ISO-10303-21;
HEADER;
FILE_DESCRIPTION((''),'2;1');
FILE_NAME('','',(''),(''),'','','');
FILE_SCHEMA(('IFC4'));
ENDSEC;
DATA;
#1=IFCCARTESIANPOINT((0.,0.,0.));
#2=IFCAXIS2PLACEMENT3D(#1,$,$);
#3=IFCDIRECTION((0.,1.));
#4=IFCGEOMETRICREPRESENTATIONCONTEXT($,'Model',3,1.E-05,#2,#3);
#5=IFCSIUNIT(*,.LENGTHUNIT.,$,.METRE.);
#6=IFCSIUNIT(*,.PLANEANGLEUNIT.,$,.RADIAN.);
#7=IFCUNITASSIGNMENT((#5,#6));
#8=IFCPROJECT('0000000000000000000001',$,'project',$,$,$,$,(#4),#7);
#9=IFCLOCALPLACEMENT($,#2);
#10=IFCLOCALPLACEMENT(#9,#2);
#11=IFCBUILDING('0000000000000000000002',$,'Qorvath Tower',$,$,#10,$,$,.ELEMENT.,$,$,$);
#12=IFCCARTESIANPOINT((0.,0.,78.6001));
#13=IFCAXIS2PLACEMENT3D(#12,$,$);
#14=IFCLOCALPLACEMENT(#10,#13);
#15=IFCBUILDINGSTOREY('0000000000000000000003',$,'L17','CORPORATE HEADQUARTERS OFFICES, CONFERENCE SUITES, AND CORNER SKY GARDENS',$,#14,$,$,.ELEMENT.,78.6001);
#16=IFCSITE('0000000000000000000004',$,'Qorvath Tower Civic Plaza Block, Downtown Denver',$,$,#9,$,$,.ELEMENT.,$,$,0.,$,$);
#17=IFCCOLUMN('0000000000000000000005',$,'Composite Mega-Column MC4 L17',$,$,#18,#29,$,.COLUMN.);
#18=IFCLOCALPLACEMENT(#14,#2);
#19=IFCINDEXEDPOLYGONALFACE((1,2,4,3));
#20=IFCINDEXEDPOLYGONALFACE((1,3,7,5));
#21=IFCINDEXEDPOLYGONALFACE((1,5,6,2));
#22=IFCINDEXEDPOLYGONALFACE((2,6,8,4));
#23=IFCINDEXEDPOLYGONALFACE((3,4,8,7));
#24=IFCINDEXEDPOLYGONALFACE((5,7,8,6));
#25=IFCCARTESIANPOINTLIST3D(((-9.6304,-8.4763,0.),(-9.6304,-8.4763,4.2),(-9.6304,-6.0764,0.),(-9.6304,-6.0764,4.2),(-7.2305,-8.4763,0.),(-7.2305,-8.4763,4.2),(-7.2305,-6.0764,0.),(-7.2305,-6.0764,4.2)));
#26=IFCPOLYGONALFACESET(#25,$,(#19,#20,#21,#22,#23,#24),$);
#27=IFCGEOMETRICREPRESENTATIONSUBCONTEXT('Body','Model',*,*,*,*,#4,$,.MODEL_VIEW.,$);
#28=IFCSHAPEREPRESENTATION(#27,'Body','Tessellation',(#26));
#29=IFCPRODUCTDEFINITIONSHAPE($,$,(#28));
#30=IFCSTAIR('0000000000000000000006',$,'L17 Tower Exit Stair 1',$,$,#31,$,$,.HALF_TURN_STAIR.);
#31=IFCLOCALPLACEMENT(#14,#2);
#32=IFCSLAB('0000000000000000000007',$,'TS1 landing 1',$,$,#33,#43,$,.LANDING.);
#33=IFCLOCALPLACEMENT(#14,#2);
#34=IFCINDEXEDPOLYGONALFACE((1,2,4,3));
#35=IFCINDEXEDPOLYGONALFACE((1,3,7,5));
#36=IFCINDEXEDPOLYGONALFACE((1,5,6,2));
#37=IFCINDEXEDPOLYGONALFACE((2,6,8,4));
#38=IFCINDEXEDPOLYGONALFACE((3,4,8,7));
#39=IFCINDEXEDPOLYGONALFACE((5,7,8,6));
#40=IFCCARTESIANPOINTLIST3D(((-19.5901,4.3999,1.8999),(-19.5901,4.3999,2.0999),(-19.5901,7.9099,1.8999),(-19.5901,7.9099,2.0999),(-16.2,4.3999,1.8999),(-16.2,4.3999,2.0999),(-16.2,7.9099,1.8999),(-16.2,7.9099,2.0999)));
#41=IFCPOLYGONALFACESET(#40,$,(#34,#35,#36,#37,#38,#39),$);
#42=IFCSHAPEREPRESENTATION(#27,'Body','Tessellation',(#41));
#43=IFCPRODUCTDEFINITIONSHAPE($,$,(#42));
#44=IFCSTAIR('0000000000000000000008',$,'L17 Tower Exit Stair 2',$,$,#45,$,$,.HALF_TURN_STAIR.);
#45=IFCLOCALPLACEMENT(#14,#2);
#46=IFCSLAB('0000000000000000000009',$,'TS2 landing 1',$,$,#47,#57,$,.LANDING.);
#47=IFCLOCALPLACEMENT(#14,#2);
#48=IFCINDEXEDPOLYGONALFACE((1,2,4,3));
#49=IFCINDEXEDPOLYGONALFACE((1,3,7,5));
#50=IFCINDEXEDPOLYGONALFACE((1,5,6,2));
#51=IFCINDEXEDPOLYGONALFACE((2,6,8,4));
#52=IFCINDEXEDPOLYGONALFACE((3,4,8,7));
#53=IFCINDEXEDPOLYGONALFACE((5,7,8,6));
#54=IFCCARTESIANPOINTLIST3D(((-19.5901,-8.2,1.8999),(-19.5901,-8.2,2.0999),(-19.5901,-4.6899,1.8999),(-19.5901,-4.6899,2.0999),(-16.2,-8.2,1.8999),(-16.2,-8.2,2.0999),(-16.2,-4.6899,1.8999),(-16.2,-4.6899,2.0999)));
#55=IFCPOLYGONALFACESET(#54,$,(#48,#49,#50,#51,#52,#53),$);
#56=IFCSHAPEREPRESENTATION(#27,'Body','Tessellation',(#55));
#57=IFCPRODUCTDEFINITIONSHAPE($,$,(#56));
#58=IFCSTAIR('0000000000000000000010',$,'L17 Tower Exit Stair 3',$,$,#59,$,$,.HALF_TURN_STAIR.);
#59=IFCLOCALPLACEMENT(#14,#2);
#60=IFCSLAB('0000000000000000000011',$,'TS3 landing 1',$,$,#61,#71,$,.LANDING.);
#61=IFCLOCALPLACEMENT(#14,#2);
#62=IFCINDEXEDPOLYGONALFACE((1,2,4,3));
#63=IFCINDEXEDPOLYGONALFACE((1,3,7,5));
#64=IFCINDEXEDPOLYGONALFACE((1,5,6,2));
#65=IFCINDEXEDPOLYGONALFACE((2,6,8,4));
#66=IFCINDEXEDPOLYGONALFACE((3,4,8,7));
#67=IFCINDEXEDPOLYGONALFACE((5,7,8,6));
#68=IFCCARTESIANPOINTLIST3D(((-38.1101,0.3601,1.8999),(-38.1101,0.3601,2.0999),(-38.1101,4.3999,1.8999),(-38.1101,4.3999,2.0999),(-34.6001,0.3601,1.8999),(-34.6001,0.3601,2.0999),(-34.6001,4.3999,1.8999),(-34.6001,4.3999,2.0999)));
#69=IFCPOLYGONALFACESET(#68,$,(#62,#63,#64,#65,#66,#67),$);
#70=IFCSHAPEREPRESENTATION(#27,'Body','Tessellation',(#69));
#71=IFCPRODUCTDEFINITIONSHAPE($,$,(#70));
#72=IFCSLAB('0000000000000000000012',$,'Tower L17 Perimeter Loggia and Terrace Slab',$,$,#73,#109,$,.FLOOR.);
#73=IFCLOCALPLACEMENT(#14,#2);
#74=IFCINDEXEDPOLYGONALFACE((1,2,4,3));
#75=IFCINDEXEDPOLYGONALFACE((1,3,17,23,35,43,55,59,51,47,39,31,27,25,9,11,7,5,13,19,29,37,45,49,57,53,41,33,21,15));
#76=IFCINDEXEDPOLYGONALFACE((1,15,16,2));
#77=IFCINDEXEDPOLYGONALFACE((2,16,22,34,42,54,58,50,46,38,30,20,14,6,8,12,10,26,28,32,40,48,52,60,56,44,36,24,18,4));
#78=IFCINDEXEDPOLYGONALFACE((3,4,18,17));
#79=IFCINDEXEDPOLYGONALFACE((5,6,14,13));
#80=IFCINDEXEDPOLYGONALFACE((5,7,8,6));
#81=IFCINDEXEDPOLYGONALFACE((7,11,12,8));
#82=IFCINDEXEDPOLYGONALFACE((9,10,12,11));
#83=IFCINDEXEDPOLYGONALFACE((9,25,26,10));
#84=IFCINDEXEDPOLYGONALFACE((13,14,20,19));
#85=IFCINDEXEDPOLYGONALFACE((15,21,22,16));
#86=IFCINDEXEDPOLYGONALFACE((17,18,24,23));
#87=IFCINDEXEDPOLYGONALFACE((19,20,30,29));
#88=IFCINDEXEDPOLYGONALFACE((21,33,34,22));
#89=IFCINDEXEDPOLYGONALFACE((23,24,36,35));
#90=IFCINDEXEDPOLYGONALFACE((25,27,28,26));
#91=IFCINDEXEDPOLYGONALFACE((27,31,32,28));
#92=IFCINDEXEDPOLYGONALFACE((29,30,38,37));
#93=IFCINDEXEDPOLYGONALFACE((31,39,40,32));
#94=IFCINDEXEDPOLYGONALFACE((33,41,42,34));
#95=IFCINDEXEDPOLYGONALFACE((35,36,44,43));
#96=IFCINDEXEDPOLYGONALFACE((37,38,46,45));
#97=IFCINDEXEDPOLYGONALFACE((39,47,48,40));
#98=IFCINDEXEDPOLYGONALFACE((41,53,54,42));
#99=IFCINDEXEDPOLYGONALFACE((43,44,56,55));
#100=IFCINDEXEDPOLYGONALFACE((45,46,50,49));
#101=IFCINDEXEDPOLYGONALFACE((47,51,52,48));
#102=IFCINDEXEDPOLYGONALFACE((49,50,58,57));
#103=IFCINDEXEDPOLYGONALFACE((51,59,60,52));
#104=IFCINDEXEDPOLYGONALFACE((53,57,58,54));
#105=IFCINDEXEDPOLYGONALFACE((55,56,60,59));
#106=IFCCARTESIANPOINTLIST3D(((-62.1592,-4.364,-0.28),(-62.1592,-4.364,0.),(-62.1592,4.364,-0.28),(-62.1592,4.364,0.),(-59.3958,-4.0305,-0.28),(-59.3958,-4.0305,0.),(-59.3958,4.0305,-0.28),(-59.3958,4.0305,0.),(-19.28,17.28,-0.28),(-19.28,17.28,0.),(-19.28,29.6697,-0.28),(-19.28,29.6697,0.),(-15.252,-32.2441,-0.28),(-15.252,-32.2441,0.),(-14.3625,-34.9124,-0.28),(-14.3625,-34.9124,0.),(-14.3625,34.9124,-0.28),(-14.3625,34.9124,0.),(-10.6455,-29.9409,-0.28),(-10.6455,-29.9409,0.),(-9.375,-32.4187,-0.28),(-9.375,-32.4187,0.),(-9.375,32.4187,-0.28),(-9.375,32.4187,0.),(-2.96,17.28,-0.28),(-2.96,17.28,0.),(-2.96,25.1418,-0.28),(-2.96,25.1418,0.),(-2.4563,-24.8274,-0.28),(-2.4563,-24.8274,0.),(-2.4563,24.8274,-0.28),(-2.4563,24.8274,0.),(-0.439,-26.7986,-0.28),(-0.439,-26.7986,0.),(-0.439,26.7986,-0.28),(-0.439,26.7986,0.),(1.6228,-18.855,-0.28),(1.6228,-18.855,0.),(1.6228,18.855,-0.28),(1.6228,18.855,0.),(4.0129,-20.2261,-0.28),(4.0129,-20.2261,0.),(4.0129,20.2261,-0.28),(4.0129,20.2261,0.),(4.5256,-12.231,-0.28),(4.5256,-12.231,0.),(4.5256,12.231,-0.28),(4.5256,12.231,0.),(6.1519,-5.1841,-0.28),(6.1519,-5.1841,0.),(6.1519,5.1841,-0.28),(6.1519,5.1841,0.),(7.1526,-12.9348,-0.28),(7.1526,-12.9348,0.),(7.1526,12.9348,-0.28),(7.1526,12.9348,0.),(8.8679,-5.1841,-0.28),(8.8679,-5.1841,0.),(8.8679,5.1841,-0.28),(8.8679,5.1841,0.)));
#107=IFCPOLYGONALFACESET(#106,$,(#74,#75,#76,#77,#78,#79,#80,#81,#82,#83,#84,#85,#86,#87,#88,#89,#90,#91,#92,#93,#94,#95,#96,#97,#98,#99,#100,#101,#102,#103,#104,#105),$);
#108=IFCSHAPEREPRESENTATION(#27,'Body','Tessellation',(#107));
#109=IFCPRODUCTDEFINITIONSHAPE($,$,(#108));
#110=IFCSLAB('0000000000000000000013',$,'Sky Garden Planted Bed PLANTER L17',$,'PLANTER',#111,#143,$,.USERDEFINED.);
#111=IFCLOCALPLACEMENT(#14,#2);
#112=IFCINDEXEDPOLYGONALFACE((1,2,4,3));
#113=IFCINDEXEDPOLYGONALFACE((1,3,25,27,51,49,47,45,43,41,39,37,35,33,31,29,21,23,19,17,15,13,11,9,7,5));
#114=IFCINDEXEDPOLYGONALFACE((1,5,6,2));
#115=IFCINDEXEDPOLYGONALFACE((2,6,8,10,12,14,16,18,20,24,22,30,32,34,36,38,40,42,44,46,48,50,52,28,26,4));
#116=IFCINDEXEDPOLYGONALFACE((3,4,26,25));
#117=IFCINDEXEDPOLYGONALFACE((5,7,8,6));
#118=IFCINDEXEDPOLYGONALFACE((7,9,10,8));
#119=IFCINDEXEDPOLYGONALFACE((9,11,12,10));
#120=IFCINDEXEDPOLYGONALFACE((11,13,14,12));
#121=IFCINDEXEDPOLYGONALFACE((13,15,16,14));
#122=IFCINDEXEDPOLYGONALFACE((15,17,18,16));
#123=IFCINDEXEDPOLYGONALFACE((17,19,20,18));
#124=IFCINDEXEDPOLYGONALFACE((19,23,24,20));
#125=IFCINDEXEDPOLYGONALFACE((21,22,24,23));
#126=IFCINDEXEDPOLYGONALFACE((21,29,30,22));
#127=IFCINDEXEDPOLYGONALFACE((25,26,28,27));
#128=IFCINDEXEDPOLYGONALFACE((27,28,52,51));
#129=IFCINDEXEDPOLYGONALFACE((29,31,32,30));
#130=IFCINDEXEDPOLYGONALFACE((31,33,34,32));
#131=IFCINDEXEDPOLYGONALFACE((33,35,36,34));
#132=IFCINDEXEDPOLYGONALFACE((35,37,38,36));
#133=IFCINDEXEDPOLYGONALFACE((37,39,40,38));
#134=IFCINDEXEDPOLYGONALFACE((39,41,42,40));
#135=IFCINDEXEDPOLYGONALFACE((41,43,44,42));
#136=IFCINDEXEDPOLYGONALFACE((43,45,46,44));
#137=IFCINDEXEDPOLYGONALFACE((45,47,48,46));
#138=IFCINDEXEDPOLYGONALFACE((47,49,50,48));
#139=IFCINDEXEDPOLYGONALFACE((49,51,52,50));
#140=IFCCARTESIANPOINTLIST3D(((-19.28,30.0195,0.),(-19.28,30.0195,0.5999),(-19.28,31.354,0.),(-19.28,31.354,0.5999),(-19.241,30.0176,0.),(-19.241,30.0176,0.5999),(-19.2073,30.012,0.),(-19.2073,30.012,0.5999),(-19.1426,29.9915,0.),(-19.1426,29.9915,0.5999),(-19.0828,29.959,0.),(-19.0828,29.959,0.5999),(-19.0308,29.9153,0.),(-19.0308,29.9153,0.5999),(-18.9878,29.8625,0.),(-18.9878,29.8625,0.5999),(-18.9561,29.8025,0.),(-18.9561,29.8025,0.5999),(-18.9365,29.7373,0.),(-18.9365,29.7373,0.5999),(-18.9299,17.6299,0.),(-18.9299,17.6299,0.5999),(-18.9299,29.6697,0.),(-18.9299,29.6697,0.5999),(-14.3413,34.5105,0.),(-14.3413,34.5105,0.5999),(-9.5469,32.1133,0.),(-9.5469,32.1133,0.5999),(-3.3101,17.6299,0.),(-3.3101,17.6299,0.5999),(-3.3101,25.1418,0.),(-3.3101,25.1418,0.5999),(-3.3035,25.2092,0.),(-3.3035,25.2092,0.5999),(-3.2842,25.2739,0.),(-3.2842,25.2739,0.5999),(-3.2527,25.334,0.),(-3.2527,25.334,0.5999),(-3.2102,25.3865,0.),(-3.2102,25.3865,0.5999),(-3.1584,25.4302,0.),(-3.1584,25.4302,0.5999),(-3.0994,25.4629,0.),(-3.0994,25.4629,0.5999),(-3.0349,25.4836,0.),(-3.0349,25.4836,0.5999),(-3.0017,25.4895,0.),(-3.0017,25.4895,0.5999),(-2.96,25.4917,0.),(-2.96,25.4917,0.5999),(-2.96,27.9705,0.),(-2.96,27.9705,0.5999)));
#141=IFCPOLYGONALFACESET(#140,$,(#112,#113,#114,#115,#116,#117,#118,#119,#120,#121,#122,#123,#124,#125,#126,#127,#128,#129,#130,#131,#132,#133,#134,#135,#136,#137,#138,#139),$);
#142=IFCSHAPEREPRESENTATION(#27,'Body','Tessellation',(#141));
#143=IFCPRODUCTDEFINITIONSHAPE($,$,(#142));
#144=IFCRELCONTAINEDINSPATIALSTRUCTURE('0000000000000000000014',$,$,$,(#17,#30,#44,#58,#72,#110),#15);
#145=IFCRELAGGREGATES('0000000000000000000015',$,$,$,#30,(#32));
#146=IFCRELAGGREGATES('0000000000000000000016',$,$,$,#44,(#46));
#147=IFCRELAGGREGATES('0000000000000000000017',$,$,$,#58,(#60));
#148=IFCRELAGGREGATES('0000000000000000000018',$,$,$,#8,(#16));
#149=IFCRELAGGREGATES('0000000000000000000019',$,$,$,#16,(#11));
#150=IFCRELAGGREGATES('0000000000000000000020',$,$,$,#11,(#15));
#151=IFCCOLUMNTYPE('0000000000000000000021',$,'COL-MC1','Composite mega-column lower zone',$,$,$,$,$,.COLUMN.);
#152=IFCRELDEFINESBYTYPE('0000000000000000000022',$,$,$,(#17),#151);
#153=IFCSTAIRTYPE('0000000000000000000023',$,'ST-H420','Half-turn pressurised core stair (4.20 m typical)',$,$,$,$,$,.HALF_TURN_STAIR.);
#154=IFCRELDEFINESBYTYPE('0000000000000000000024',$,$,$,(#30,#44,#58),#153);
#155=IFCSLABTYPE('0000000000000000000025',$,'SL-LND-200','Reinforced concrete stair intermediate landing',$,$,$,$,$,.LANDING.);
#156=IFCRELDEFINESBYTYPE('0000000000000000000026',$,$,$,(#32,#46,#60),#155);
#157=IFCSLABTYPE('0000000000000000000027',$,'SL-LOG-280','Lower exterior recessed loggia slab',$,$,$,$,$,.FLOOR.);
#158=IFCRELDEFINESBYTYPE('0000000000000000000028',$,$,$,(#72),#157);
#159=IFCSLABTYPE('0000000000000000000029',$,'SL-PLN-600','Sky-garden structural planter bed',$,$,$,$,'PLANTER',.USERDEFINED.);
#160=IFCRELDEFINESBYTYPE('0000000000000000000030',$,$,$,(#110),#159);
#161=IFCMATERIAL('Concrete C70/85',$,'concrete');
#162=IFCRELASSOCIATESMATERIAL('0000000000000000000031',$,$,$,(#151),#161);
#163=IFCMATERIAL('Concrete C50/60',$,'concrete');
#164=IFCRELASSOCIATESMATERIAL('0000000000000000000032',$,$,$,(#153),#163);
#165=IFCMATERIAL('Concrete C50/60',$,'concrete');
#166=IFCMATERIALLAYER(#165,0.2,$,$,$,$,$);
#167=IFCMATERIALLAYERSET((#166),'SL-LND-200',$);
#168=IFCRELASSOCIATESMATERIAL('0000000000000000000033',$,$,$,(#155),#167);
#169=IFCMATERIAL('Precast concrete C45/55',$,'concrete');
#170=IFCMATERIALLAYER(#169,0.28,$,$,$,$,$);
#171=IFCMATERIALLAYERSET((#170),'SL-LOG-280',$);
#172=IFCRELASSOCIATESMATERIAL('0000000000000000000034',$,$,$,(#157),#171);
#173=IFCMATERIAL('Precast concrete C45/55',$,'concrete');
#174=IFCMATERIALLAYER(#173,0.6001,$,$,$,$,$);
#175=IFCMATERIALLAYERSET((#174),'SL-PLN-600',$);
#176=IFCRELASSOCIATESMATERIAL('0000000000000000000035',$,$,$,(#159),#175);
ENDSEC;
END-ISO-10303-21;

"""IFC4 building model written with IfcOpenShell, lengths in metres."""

from ifc_helpers import new_model, si_unit, direction, frame, origin, origin_2d, place, context, subcontext, project, spatial, polyline, rectangle, outline, extrude, material, layer, layer_set, material_profile, profile_set, type_object, element, aggregate, save


model = new_model("IFC4")

# Units and contexts
model_context = context("Model", 3, precision=1e-05, world=origin(), true_north=direction((0.0, 1.0)))
body_context = subcontext(model_context, "Body", "Model", "MODEL_VIEW")
ifc_project = project(units=[si_unit("LENGTHUNIT", "METRE"), si_unit("PLANEANGLEUNIT", "RADIAN")], contexts=[model_context])

# Site, building, storey
site_placement = place(None, origin())
site = spatial("IfcSite", under=ifc_project, at=site_placement, Name="Qorvath Tower Civic Plaza Block, Downtown Denver", CompositionType="ELEMENT", RefElevation=0.0)
building_placement = place(site_placement, origin())
building = spatial("IfcBuilding", under=site, at=building_placement, Name="Qorvath Tower", CompositionType="ELEMENT")
storey_placement = place(building_placement, frame((0.0, 0.0, 78.6001)))
storey = spatial("IfcBuildingStorey", under=building, at=storey_placement, Name="L17", Description="CORPORATE HEADQUARTERS OFFICES, CONFERENCE SUITES, AND CORNER SKY GARDENS", CompositionType="ELEMENT", Elevation=78.6001)

# Column
ifc_material_1 = material(Name="Concrete C70/85", Category="concrete")
ifc_material_profile = material_profile(ifc_material_1, rectangle(XDim=2.3999, YDim=2.3999, at=origin_2d()), Name="MC 2400x2400")
ifc_profile_set = profile_set([ifc_material_profile], Name="Concrete C70/85")
column_type = type_object("IfcColumnType", Name="COL-MC1", Description="Composite mega-column lower zone", PredefinedType="COLUMN", material=ifc_profile_set)
column_placement = place(storey_placement, frame((-8.4304, -7.2764, 0.0), z_axis=(0.0, 0.0, 1.0), x_axis=(1.0, 0.0, 0.0)))
element("IfcColumn", 1, at=column_placement, inside=storey, type_object=column_type, Name="Composite Mega-Column MC4 L17", PredefinedType="COLUMN", context=body_context, shape_type="SweptSolid", body=[
    extrude(rectangle(XDim=2.3999, YDim=2.3999, at=origin_2d()), origin(), (0.0, 0.0, 1.0), 4.2),
])

# Stairs, slabs
ifc_material_2 = material(Name="Concrete C50/60", Category="concrete")
stair_type = type_object("IfcStairType", Name="ST-H420", Description="Half-turn pressurised core stair (4.20 m typical)", PredefinedType="HALF_TURN_STAIR", material=ifc_material_2)
stair_1_placement = place(storey_placement, origin())
stair_1 = element("IfcStair", 2, at=stair_1_placement, inside=storey, type_object=stair_type, Name="L17 Tower Exit Stair 1", PredefinedType="HALF_TURN_STAIR")
ifc_material_3 = material(Name="Concrete C50/60", Category="concrete")
ifc_layer_1 = layer(ifc_material_3, 0.2)
ifc_layer_set_1 = layer_set([ifc_layer_1], Name="SL-LND-200")
slab_type_1 = type_object("IfcSlabType", Name="SL-LND-200", Description="Reinforced concrete stair intermediate landing", PredefinedType="LANDING", material=ifc_layer_set_1)
slab_1_placement = place(storey_placement, frame((0.0, 0.0, 1.8999)))
slab_1 = element("IfcSlab", 3, at=slab_1_placement, type_object=slab_type_1, Name="TS1 landing 1", PredefinedType="LANDING", context=body_context, shape_type="SweptSolid", body=[
    extrude(outline(polyline([(-19.5901, 4.3999), (-16.2, 4.3999), (-16.2, 7.9099), (-19.5901, 7.9099), (-19.5901, 4.3999)])), origin(), (0.0, 0.0, 1.0), 0.2),
])
aggregate(stair_1, [slab_1])
stair_2_placement = place(storey_placement, origin())
stair_2 = element("IfcStair", 4, at=stair_2_placement, inside=storey, type_object=stair_type, Name="L17 Tower Exit Stair 2", PredefinedType="HALF_TURN_STAIR")
slab_2_placement = place(storey_placement, frame((0.0, 0.0, 1.8999)))
slab_2 = element("IfcSlab", 5, at=slab_2_placement, type_object=slab_type_1, Name="TS2 landing 1", PredefinedType="LANDING", context=body_context, shape_type="SweptSolid", body=[
    extrude(outline(polyline([(-19.5901, -8.2), (-16.2, -8.2), (-16.2, -4.6899), (-19.5901, -4.6899), (-19.5901, -8.2)])), origin(), (0.0, 0.0, 1.0), 0.2),
])
aggregate(stair_2, [slab_2])
stair_3_placement = place(storey_placement, origin())
stair_3 = element("IfcStair", 6, at=stair_3_placement, inside=storey, type_object=stair_type, Name="L17 Tower Exit Stair 3", PredefinedType="HALF_TURN_STAIR")
slab_3_placement = place(storey_placement, frame((0.0, 0.0, 1.8999)))
slab_3 = element("IfcSlab", 7, at=slab_3_placement, type_object=slab_type_1, Name="TS3 landing 1", PredefinedType="LANDING", context=body_context, shape_type="SweptSolid", body=[
    extrude(outline(polyline([(-34.6001, 0.3601), (-34.6001, 4.3999), (-38.1101, 4.3999), (-38.1101, 0.3601), (-34.6001, 0.3601)])), origin(), (0.0, 0.0, 1.0), 0.2),
])
aggregate(stair_3, [slab_3])

# Slabs
ifc_material_4 = material(Name="Precast concrete C45/55", Category="concrete")
ifc_layer_2 = layer(ifc_material_4, 0.28)
ifc_layer_set_2 = layer_set([ifc_layer_2], Name="SL-LOG-280")
slab_type_2 = type_object("IfcSlabType", Name="SL-LOG-280", Description="Lower exterior recessed loggia slab", PredefinedType="FLOOR", material=ifc_layer_set_2)
slab_4_placement = place(storey_placement, frame((0.0, 0.0, -0.28)))
element("IfcSlab", 8, at=slab_4_placement, inside=storey, type_object=slab_type_2, Name="Tower L17 Perimeter Loggia and Terrace Slab", PredefinedType="FLOOR", context=body_context, shape_type="SweptSolid", body=[
    extrude(outline(polyline([(6.1519, -5.1841), (4.5256, -12.231), (1.6228, -18.855), (-2.4563, -24.8274), (-10.6455, -29.9409), (-15.252, -32.2441), (-59.3958, -4.0305), (-59.3958, 4.0305), (-19.28, 29.6697), (-19.28, 17.28), (-2.96, 17.28), (-2.96, 25.1418), (-2.4563, 24.8274), (1.6228, 18.855), (4.5256, 12.231), (6.1519, 5.1841), (8.8679, 5.1841), (7.1526, 12.9348), (4.0129, 20.2261), (-0.439, 26.7986), (-9.375, 32.4187), (-14.3625, 34.9124), (-62.1592, 4.364), (-62.1592, -4.364), (-14.3625, -34.9124), (-9.375, -32.4187), (-0.439, -26.7986), (4.0129, -20.2261), (7.1526, -12.9348), (8.8679, -5.1841), (6.1519, -5.1841)])), origin(), (0.0, 0.0, 1.0), 0.28),
])
ifc_material_5 = material(Name="Precast concrete C45/55", Category="concrete")
ifc_layer_3 = layer(ifc_material_5, 0.6001)
ifc_layer_set_3 = layer_set([ifc_layer_3], Name="SL-PLN-600")
slab_type_3 = type_object("IfcSlabType", Name="SL-PLN-600", Description="Sky-garden structural planter bed", ElementType="PLANTER", PredefinedType="USERDEFINED", material=ifc_layer_set_3)
slab_5_placement = place(storey_placement, origin())
element("IfcSlab", 9, at=slab_5_placement, inside=storey, type_object=slab_type_3, Name="Sky Garden Planted Bed PLANTER L17", ObjectType="PLANTER", PredefinedType="USERDEFINED", context=body_context, shape_type="SweptSolid", body=[
    extrude(outline(polyline([(-2.96, 27.9705), (-9.5469, 32.1133), (-14.3413, 34.5105), (-19.28, 31.354), (-19.28, 30.0195), (-19.241, 30.0176), (-19.2073, 30.012), (-19.1426, 29.9915), (-19.0828, 29.959), (-19.0308, 29.9153), (-18.9878, 29.8625), (-18.9561, 29.8025), (-18.9365, 29.7373), (-18.9299, 29.6697), (-18.9299, 17.6299), (-3.3101, 17.6299), (-3.3101, 25.1418), (-3.3035, 25.2092), (-3.2842, 25.2739), (-3.2527, 25.334), (-3.2102, 25.3865), (-3.1584, 25.4302), (-3.0994, 25.4629), (-3.0349, 25.4836), (-3.0017, 25.4895), (-2.96, 25.4917), (-2.96, 27.9705)])), origin(), (0.0, 0.0, 1.0), 0.5999),
])

save(model, "model.ifc")
